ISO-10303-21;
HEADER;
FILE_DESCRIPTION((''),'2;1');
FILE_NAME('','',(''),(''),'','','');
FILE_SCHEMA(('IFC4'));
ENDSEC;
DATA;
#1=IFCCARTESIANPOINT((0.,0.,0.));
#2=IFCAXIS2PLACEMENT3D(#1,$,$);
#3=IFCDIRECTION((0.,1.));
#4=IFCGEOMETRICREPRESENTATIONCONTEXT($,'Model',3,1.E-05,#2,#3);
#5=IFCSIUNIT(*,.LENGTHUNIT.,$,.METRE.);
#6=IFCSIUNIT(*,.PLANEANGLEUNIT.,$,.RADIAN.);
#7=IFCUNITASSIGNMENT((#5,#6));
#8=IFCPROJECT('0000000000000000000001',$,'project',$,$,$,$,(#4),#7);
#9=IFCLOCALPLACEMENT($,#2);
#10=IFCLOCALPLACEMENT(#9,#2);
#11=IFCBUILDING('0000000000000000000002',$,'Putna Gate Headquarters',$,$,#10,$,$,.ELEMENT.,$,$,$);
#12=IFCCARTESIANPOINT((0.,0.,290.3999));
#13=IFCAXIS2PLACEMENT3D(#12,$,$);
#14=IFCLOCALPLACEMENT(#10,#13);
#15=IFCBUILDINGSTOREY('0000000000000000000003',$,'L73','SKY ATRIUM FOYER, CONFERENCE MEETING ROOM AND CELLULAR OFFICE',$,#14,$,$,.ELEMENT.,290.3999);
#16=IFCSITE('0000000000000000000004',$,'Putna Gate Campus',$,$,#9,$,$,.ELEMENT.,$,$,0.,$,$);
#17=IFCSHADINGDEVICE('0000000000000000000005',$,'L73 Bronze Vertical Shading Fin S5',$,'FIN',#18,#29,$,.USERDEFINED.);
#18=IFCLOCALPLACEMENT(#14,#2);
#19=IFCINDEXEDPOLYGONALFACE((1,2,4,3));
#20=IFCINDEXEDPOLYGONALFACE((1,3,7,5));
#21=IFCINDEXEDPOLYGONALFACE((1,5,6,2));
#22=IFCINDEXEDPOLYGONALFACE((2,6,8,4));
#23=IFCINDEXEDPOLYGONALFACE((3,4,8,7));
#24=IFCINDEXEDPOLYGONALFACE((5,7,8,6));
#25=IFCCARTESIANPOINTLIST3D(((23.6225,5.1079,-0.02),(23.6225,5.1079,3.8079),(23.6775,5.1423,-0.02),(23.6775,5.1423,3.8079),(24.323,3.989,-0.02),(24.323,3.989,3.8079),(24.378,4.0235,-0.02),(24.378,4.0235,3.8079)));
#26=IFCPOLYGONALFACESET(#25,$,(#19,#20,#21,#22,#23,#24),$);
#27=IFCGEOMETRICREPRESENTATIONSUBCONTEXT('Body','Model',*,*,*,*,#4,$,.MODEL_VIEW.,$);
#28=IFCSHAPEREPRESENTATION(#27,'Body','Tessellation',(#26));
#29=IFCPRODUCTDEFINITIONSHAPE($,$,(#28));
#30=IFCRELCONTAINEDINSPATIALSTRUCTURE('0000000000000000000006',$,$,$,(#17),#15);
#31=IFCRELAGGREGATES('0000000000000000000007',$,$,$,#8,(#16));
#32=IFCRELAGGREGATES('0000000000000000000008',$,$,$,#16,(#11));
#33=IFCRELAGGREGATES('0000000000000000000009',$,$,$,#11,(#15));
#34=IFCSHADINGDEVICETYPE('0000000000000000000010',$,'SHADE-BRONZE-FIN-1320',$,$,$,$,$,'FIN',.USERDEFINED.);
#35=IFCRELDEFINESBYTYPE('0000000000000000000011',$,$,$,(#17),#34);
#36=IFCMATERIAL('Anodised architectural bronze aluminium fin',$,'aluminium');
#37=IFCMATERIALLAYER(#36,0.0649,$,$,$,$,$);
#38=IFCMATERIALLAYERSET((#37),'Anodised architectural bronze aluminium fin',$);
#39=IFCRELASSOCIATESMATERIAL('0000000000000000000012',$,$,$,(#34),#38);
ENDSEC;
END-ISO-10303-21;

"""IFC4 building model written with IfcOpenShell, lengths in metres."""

from ifc_helpers import new_model, si_unit, direction, frame, origin, origin_2d, place, context, subcontext, project, spatial, rectangle, extrude, material, layer, layer_set, type_object, element, save


model = new_model("IFC4")

# Units and contexts
model_context = context("Model", 3, precision=1e-05, world=origin(), true_north=direction((0.0, 1.0)))
body_context = subcontext(model_context, "Body", "Model", "MODEL_VIEW")
ifc_project = project(units=[si_unit("LENGTHUNIT", "METRE"), si_unit("PLANEANGLEUNIT", "RADIAN")], contexts=[model_context])

# Site, building, storey
site_placement = place(None, origin())
site = spatial("IfcSite", under=ifc_project, at=site_placement, Name="Putna Gate Campus", CompositionType="ELEMENT", RefElevation=0.0)
building_placement = place(site_placement, origin())
building = spatial("IfcBuilding", under=site, at=building_placement, Name="Putna Gate Headquarters", CompositionType="ELEMENT")
storey_placement = place(building_placement, frame((0.0, 0.0, 290.3999)))
storey = spatial("IfcBuildingStorey", under=building, at=storey_placement, Name="L73", Description="SKY ATRIUM FOYER, CONFERENCE MEETING ROOM AND CELLULAR OFFICE", CompositionType="ELEMENT", Elevation=290.3999)

# Shading device
ifc_material_1 = material(Name="Anodised architectural bronze aluminium fin", Category="aluminium")
ifc_layer_1 = layer(ifc_material_1, 0.0649)
ifc_layer_set_1 = layer_set([ifc_layer_1], Name="Anodised architectural bronze aluminium fin")
shading_device_type = type_object("IfcShadingDeviceType", Name="SHADE-BRONZE-FIN-1320", ElementType="FIN", PredefinedType="USERDEFINED", material=ifc_layer_set_1)
shading_device_placement = place(storey_placement, frame((24.0002, 4.5657, -0.02), z_axis=(0.0, 0.0, 1.0), x_axis=(0.530659, -0.847585, 0.0)))
element("IfcShadingDevice", 1, at=shading_device_placement, inside=storey, type_object=shading_device_type, Name="L73 Bronze Vertical Shading Fin S5", ObjectType="FIN", PredefinedType="USERDEFINED", context=body_context, shape_type="SweptSolid", body=[
    extrude(rectangle(XDim=1.3201, YDim=0.0649, at=origin_2d()), origin(), (0.0, 0.0, 1.0), 3.8279),
])

save(model, "model.ifc")
